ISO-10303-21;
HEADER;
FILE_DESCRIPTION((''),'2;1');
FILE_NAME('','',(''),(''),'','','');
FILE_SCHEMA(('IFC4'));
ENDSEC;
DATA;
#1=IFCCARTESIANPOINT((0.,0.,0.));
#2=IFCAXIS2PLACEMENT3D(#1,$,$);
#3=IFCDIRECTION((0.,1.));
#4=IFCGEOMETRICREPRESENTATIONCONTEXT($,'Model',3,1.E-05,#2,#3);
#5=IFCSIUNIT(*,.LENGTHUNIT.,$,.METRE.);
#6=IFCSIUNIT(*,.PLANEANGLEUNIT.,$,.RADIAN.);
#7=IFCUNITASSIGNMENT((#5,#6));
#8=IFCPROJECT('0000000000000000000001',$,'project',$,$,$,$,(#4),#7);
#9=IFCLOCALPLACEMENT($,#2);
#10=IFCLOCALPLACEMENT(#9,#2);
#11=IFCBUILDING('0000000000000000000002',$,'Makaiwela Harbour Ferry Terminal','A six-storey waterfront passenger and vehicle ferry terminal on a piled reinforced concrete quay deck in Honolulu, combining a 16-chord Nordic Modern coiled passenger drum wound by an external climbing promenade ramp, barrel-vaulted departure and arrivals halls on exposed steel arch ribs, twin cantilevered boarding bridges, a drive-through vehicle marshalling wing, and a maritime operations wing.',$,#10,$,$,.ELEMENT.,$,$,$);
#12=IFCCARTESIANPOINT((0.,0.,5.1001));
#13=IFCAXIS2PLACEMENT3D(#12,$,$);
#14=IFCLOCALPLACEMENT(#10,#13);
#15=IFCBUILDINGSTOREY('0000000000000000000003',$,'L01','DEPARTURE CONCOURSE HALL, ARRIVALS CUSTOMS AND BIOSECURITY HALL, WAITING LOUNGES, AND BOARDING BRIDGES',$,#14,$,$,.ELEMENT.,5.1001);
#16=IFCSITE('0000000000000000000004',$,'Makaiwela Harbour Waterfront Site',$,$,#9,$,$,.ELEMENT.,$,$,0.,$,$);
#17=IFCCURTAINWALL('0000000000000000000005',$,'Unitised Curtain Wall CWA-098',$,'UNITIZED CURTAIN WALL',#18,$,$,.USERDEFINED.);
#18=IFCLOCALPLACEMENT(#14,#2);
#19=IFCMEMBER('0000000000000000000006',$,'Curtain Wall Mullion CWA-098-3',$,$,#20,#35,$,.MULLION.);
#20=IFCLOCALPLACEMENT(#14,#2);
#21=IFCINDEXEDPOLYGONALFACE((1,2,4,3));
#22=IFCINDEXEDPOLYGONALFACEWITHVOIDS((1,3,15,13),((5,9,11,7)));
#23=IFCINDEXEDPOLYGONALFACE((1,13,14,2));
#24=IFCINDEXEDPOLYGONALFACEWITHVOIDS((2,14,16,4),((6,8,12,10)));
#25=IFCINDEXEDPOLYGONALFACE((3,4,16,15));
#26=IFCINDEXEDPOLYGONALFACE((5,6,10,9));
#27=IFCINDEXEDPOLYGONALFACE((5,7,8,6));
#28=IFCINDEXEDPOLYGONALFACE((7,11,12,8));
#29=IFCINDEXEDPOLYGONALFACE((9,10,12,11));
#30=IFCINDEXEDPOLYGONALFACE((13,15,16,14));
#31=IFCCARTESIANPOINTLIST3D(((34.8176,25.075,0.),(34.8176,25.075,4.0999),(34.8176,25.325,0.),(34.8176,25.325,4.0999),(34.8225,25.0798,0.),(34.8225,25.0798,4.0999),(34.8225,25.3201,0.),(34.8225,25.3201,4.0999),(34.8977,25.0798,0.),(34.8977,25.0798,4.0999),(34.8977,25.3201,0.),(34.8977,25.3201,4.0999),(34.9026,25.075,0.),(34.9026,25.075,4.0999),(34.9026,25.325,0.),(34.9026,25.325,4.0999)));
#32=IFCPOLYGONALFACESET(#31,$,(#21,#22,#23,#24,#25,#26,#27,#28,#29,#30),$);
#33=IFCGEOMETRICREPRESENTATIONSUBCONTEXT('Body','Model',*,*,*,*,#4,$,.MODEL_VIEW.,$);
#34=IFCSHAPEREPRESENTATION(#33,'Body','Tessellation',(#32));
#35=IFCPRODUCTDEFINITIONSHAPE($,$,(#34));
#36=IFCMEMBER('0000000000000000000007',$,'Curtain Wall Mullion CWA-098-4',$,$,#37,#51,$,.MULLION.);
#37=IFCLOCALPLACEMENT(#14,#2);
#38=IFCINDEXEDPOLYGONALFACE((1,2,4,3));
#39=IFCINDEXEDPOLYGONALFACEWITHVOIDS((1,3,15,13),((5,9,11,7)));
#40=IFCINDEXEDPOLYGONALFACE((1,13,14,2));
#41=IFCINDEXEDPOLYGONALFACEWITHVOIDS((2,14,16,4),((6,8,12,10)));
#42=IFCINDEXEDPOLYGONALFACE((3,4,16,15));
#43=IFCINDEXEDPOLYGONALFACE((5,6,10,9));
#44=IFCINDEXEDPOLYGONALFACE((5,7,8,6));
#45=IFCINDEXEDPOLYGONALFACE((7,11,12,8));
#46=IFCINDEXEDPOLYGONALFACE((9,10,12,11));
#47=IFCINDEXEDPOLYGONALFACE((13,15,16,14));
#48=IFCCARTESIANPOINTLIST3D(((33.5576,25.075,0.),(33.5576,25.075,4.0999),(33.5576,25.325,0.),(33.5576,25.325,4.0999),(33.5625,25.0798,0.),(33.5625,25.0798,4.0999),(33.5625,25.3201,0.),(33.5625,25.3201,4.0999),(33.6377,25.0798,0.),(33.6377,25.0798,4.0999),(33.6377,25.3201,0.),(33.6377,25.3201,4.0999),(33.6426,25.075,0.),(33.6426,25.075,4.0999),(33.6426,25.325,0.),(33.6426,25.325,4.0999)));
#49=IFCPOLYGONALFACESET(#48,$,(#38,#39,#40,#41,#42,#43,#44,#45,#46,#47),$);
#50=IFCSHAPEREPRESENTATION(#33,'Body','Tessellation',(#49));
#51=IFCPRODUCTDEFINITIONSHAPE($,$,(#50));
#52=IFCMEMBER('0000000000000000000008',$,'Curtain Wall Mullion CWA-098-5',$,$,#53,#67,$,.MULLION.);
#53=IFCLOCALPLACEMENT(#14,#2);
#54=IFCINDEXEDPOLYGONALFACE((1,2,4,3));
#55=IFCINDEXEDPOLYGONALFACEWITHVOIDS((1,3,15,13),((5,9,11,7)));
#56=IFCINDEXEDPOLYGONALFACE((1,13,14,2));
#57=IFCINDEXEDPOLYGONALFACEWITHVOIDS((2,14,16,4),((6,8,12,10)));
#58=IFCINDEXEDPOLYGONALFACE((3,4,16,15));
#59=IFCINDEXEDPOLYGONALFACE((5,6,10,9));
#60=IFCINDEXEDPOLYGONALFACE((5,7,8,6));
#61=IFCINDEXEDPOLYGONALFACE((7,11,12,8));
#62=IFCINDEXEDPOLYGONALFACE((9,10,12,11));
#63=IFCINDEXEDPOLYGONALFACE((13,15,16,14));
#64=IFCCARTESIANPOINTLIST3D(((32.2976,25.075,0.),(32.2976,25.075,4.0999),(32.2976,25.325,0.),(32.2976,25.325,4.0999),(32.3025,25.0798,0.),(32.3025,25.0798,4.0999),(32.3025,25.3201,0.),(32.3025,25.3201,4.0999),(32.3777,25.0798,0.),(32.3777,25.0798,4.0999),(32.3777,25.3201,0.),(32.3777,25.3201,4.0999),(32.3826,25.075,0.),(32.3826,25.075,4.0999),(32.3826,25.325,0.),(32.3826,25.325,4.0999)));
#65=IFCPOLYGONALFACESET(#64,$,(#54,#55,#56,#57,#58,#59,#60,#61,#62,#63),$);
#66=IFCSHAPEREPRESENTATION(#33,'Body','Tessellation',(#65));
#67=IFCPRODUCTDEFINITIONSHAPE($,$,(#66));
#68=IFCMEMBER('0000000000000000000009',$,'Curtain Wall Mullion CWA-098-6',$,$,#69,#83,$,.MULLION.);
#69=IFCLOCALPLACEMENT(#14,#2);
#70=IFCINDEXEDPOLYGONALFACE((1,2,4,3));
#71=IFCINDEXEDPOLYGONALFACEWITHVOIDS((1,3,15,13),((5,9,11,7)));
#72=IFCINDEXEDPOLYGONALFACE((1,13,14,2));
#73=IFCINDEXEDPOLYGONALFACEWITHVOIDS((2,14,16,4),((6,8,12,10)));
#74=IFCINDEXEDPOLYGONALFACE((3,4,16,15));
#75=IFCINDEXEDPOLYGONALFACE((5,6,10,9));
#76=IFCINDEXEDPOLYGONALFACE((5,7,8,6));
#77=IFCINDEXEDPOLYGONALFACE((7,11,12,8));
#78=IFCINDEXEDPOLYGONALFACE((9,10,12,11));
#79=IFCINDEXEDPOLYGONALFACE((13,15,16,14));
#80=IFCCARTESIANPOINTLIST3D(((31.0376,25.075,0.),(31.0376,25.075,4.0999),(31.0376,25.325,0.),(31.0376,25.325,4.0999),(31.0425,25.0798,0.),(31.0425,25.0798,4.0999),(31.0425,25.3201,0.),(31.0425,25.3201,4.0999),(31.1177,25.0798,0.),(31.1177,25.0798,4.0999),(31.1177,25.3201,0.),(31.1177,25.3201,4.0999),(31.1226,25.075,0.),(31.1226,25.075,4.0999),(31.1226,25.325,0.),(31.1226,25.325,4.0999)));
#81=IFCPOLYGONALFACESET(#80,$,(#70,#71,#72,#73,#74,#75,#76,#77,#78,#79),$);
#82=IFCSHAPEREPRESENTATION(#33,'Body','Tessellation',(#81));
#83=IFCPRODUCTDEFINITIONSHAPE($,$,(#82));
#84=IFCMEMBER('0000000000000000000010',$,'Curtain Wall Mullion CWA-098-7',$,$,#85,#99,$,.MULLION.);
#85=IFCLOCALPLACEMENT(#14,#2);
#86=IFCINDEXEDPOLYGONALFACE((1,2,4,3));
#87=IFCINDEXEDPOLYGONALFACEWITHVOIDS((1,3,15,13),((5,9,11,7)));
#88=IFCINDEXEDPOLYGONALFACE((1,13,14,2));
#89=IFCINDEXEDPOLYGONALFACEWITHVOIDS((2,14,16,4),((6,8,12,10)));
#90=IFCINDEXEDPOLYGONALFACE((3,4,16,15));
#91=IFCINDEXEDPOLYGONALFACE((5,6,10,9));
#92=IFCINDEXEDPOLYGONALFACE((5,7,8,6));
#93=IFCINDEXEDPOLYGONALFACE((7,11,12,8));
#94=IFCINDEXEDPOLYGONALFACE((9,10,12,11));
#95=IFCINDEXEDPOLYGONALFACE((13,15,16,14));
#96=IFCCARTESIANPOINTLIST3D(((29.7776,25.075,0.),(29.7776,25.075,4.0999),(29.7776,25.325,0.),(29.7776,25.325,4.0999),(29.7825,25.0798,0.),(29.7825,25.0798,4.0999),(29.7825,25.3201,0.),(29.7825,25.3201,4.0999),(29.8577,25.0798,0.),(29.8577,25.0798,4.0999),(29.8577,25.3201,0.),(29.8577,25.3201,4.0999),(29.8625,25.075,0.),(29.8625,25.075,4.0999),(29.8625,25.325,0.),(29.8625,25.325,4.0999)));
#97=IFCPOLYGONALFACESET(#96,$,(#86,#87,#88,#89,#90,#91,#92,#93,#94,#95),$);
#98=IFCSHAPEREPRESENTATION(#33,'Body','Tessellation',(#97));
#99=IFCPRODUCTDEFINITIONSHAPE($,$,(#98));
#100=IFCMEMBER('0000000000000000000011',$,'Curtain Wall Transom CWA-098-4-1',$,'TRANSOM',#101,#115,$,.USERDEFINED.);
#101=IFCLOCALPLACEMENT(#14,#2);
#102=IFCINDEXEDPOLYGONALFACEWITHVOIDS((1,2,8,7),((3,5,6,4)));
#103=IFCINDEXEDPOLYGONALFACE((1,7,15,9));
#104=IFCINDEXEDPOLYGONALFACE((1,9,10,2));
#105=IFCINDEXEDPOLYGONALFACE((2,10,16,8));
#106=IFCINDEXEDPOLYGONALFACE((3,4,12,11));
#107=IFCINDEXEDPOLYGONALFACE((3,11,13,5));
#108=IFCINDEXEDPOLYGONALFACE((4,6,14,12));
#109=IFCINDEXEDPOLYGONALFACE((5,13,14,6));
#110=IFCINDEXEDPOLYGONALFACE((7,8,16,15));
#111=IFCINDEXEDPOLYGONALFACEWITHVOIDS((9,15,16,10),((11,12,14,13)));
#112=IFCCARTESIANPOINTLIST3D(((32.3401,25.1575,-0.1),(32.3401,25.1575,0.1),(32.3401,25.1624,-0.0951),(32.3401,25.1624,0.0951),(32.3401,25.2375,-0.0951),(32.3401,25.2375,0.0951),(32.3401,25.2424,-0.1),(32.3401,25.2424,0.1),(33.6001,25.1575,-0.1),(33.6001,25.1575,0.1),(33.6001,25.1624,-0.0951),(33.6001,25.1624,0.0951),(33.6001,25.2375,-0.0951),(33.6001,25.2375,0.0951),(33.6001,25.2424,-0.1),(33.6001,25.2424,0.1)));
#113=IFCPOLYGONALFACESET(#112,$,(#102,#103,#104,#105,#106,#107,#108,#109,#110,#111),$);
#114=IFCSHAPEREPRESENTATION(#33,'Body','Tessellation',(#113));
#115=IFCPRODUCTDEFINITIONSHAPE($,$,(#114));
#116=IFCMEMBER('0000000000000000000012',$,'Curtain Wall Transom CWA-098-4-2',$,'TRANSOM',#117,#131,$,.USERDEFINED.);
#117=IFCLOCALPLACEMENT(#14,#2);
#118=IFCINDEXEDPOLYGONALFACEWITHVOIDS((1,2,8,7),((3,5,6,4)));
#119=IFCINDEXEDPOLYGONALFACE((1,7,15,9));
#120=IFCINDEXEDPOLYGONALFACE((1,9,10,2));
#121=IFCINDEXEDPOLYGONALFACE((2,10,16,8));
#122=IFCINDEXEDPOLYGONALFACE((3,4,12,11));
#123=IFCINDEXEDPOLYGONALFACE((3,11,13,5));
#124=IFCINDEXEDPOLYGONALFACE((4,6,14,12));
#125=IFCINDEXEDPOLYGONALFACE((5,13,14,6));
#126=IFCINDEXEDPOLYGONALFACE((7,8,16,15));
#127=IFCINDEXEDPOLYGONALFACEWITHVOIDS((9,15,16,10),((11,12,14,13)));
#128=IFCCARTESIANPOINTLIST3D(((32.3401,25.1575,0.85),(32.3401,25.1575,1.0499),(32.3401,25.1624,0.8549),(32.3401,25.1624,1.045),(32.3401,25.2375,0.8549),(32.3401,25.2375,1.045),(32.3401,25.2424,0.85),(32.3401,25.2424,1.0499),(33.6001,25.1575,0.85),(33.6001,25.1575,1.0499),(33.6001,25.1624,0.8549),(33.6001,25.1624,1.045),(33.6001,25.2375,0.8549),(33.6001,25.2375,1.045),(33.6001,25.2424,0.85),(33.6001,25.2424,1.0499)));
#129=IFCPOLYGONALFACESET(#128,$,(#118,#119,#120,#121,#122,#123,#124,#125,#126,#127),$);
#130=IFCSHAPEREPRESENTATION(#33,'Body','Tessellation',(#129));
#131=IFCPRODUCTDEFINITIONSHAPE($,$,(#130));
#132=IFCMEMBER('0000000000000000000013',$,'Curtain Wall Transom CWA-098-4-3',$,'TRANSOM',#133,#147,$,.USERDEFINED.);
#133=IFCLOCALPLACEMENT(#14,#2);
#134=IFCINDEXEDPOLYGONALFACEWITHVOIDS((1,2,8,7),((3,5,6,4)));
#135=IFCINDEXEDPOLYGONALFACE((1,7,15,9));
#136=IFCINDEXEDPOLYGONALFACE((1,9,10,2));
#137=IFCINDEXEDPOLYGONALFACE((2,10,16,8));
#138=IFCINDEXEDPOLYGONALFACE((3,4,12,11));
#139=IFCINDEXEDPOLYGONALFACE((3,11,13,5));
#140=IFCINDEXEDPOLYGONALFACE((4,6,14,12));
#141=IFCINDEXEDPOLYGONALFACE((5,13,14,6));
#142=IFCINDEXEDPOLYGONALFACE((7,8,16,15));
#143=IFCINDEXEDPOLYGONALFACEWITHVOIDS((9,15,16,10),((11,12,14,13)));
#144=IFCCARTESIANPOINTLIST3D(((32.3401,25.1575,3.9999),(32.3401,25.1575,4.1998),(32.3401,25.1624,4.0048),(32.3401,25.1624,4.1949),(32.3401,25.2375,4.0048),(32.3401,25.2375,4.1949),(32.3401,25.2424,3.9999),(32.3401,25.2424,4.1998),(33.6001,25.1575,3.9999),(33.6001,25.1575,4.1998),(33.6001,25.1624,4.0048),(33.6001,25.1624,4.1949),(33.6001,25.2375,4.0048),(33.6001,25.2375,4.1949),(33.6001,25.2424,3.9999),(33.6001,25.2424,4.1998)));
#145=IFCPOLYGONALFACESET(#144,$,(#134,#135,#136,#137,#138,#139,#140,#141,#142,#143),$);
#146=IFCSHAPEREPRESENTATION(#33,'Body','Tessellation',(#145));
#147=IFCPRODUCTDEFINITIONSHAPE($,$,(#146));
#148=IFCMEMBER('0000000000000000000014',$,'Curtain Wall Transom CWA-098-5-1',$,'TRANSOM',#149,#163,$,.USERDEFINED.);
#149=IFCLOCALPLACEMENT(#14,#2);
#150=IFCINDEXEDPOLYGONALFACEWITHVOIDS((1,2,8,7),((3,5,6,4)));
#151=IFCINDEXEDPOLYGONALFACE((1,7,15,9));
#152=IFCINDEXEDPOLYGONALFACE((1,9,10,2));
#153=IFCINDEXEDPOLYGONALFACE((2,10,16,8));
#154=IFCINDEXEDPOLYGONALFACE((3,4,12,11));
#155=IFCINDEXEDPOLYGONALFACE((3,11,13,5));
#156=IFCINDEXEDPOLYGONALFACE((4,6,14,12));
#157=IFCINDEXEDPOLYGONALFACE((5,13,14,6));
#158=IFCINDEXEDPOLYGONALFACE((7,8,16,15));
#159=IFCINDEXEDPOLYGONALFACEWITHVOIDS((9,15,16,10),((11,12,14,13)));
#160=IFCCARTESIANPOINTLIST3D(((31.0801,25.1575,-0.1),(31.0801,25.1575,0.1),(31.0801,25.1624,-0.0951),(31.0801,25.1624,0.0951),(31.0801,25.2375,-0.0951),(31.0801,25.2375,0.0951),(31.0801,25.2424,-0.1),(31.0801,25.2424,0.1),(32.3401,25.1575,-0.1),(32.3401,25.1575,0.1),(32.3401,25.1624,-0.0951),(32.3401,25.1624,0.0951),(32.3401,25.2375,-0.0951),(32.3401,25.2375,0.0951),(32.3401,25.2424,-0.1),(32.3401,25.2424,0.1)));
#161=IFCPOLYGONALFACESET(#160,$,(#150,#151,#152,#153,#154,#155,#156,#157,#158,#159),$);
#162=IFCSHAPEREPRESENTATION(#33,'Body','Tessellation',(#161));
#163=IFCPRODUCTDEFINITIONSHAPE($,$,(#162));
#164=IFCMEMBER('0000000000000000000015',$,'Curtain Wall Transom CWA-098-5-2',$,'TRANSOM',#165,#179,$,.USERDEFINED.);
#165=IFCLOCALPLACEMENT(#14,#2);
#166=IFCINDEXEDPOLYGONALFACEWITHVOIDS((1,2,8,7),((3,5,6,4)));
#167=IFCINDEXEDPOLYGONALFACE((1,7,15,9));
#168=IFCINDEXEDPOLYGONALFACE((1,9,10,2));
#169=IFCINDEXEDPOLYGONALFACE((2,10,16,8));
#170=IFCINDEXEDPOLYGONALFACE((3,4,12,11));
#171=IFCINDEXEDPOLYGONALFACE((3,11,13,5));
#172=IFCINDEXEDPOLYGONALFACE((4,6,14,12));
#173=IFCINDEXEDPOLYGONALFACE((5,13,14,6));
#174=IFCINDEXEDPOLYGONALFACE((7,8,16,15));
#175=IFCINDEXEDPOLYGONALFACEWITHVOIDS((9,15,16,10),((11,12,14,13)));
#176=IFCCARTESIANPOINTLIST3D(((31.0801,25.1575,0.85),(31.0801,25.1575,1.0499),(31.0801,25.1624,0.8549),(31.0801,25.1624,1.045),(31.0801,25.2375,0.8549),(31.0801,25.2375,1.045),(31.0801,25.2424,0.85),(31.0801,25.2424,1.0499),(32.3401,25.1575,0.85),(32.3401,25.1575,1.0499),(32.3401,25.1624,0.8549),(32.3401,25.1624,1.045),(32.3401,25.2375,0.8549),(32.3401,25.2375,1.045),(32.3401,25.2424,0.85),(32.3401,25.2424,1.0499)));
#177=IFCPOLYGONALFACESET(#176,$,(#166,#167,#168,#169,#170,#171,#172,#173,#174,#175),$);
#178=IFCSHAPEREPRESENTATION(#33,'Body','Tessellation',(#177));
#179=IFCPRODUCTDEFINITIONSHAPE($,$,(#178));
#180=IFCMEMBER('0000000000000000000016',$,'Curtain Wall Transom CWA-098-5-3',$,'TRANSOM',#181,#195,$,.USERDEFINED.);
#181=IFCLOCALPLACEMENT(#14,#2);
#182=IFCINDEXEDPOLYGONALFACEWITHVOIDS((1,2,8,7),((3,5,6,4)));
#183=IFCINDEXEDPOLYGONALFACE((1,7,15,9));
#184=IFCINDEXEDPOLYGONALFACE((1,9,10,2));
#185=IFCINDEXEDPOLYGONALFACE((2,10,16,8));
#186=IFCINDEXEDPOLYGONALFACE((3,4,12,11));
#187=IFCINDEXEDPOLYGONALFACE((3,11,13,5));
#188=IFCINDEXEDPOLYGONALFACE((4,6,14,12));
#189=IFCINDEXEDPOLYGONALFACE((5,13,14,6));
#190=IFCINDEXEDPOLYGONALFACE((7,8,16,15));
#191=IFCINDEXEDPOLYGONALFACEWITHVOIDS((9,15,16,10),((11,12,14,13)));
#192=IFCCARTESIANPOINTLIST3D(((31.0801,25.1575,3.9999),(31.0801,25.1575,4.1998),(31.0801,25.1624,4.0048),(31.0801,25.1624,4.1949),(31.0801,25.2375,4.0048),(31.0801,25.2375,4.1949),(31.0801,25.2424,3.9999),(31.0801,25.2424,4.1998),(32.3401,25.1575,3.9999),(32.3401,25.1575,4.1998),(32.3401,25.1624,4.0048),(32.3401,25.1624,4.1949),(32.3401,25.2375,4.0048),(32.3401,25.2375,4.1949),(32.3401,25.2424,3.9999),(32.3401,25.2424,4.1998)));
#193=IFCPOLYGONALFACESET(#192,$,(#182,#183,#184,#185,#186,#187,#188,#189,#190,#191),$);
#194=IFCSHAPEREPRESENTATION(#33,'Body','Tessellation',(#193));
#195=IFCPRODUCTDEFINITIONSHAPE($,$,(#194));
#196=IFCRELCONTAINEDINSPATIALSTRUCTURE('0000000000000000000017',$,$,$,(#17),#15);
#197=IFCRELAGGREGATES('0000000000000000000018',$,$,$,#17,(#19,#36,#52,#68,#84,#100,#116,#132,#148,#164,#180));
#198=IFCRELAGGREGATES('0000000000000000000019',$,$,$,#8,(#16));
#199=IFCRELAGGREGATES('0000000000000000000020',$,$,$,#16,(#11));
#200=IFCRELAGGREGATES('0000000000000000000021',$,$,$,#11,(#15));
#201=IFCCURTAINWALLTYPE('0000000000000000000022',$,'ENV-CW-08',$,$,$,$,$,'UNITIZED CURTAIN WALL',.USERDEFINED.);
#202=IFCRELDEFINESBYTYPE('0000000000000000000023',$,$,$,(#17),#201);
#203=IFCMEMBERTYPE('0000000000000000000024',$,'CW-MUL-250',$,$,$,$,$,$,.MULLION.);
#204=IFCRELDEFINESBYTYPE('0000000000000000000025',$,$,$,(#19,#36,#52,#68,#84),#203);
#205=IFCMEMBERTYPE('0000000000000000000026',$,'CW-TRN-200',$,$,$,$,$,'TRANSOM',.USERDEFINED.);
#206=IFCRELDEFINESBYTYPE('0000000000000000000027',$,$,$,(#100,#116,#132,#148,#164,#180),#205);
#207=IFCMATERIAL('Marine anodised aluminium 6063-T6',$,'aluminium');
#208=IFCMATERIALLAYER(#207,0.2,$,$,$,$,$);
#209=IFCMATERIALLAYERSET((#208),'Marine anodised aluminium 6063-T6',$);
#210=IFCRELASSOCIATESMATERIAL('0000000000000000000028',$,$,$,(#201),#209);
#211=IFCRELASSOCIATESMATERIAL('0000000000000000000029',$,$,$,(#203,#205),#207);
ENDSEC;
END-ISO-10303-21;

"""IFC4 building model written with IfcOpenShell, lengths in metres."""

from ifc_helpers import new_model, si_unit, direction, frame, origin, origin_2d, place, context, subcontext, project, spatial, hollow_rectangle, extrude, material, layer, layer_set, material_profile, profile_set, type_object, element, aggregate, save


model = new_model("IFC4")

# Units and contexts
model_context = context("Model", 3, precision=1e-05, world=origin(), true_north=direction((0.0, 1.0)))
body_context = subcontext(model_context, "Body", "Model", "MODEL_VIEW")
ifc_project = project(units=[si_unit("LENGTHUNIT", "METRE"), si_unit("PLANEANGLEUNIT", "RADIAN")], contexts=[model_context])

# Site, building, storey
site_placement = place(None, origin())
site = spatial("IfcSite", under=ifc_project, at=site_placement, Name="Makaiwela Harbour Waterfront Site", CompositionType="ELEMENT", RefElevation=0.0)
building_placement = place(site_placement, origin())
building = spatial("IfcBuilding", under=site, at=building_placement, Name="Makaiwela Harbour Ferry Terminal", Description="A six-storey waterfront passenger and vehicle ferry terminal on a piled reinforced concrete quay deck in Honolulu, combining a 16-chord Nordic Modern coiled passenger drum wound by an external climbing promenade ramp, barrel-vaulted departure and arrivals halls on exposed steel arch ribs, twin cantilevered boarding bridges, a drive-through vehicle marshalling wing, and a maritime operations wing.", CompositionType="ELEMENT")
storey_placement = place(building_placement, frame((0.0, 0.0, 5.1001)))
storey = spatial("IfcBuildingStorey", under=building, at=storey_placement, Name="L01", Description="DEPARTURE CONCOURSE HALL, ARRIVALS CUSTOMS AND BIOSECURITY HALL, WAITING LOUNGES, AND BOARDING BRIDGES", CompositionType="ELEMENT", Elevation=5.1001)

# Curtain wall, members
ifc_material_1 = material(Name="Marine anodised aluminium 6063-T6", Category="aluminium")
ifc_layer_1 = layer(ifc_material_1, 0.2)
ifc_layer_set_1 = layer_set([ifc_layer_1], Name="Marine anodised aluminium 6063-T6")
curtain_wall_type = type_object("IfcCurtainWallType", Name="ENV-CW-08", ElementType="UNITIZED CURTAIN WALL", PredefinedType="USERDEFINED", material=ifc_layer_set_1)
curtain_wall_placement = place(storey_placement, origin())
curtain_wall = element("IfcCurtainWall", 1, at=curtain_wall_placement, inside=storey, type_object=curtain_wall_type, Name="Unitised Curtain Wall CWA-098", ObjectType="UNITIZED CURTAIN WALL", PredefinedType="USERDEFINED")
ifc_material_profile_1 = material_profile(ifc_material_1, hollow_rectangle(XDim=0.085, YDim=0.25, WallThickness=0.0049, at=origin_2d()), Name="CWM-250X85")
ifc_profile_set_1 = profile_set([ifc_material_profile_1], Name="Marine anodised aluminium 6063-T6")
member_type_1 = type_object("IfcMemberType", Name="CW-MUL-250", PredefinedType="MULLION", material=ifc_profile_set_1)
member_1_placement = place(storey_placement, frame((34.8601, 25.2, 0.0), z_axis=(0.0, 0.0, 1.0), x_axis=(1.0, 0.0, 0.0)))
member_1 = element("IfcMember", 2, at=member_1_placement, type_object=member_type_1, Name="Curtain Wall Mullion CWA-098-3", PredefinedType="MULLION", context=body_context, shape_type="SweptSolid", body=[
    extrude(hollow_rectangle(XDim=0.085, YDim=0.25, WallThickness=0.0049, at=origin_2d()), origin(), (0.0, 0.0, 1.0), 4.0999),
])
member_2_placement = place(storey_placement, frame((33.6001, 25.2, 0.0), z_axis=(0.0, 0.0, 1.0), x_axis=(1.0, 0.0, 0.0)))
member_2 = element("IfcMember", 3, at=member_2_placement, type_object=member_type_1, Name="Curtain Wall Mullion CWA-098-4", PredefinedType="MULLION", context=body_context, shape_type="SweptSolid", body=[
    extrude(hollow_rectangle(XDim=0.085, YDim=0.25, WallThickness=0.0049, at=origin_2d()), origin(), (0.0, 0.0, 1.0), 4.0999),
])
member_3_placement = place(storey_placement, frame((32.3401, 25.2, 0.0), z_axis=(0.0, 0.0, 1.0), x_axis=(1.0, 0.0, 0.0)))
member_3 = element("IfcMember", 4, at=member_3_placement, type_object=member_type_1, Name="Curtain Wall Mullion CWA-098-5", PredefinedType="MULLION", context=body_context, shape_type="SweptSolid", body=[
    extrude(hollow_rectangle(XDim=0.085, YDim=0.25, WallThickness=0.0049, at=origin_2d()), origin(), (0.0, 0.0, 1.0), 4.0999),
])
member_4_placement = place(storey_placement, frame((31.0801, 25.2, 0.0), z_axis=(0.0, 0.0, 1.0), x_axis=(1.0, 0.0, 0.0)))
member_4 = element("IfcMember", 5, at=member_4_placement, type_object=member_type_1, Name="Curtain Wall Mullion CWA-098-6", PredefinedType="MULLION", context=body_context, shape_type="SweptSolid", body=[
    extrude(hollow_rectangle(XDim=0.085, YDim=0.25, WallThickness=0.0049, at=origin_2d()), origin(), (0.0, 0.0, 1.0), 4.0999),
])
member_5_placement = place(storey_placement, frame((29.8201, 25.2, 0.0), z_axis=(0.0, 0.0, 1.0), x_axis=(1.0, 0.0, 0.0)))
member_5 = element("IfcMember", 6, at=member_5_placement, type_object=member_type_1, Name="Curtain Wall Mullion CWA-098-7", PredefinedType="MULLION", context=body_context, shape_type="SweptSolid", body=[
    extrude(hollow_rectangle(XDim=0.085, YDim=0.25, WallThickness=0.0049, at=origin_2d()), origin(), (0.0, 0.0, 1.0), 4.0999),
])
ifc_material_profile_2 = material_profile(ifc_material_1, hollow_rectangle(XDim=0.085, YDim=0.2, WallThickness=0.0049, at=origin_2d()), Name="CWT-200X85")
ifc_profile_set_2 = profile_set([ifc_material_profile_2], Name="Marine anodised aluminium 6063-T6")
member_type_2 = type_object("IfcMemberType", Name="CW-TRN-200", ElementType="TRANSOM", PredefinedType="USERDEFINED", material=ifc_profile_set_2)
member_6_placement = place(storey_placement, frame((33.6001, 25.2, 0.0), z_axis=(-1.0, 0.0, 0.0), x_axis=(0.0, -1.0, 0.0)))
member_6 = element("IfcMember", 7, at=member_6_placement, type_object=member_type_2, Name="Curtain Wall Transom CWA-098-4-1", ObjectType="TRANSOM", PredefinedType="USERDEFINED", context=body_context, shape_type="SweptSolid", body=[
    extrude(hollow_rectangle(XDim=0.085, YDim=0.2, WallThickness=0.0049, at=origin_2d()), origin(), (0.0, 0.0, 1.0), 1.26),
])
member_7_placement = place(storey_placement, frame((33.6001, 25.2, 0.95), z_axis=(-1.0, 0.0, 0.0), x_axis=(0.0, -1.0, 0.0)))
member_7 = element("IfcMember", 8, at=member_7_placement, type_object=member_type_2, Name="Curtain Wall Transom CWA-098-4-2", ObjectType="TRANSOM", PredefinedType="USERDEFINED", context=body_context, shape_type="SweptSolid", body=[
    extrude(hollow_rectangle(XDim=0.085, YDim=0.2, WallThickness=0.0049, at=origin_2d()), origin(), (0.0, 0.0, 1.0), 1.26),
])
member_8_placement = place(storey_placement, frame((33.6001, 25.2, 4.0999), z_axis=(-1.0, 0.0, 0.0), x_axis=(0.0, -1.0, 0.0)))
member_8 = element("IfcMember", 9, at=member_8_placement, type_object=member_type_2, Name="Curtain Wall Transom CWA-098-4-3", ObjectType="TRANSOM", PredefinedType="USERDEFINED", context=body_context, shape_type="SweptSolid", body=[
    extrude(hollow_rectangle(XDim=0.085, YDim=0.2, WallThickness=0.0049, at=origin_2d()), origin(), (0.0, 0.0, 1.0), 1.26),
])
member_9_placement = place(storey_placement, frame((32.3401, 25.2, 0.0), z_axis=(-1.0, 0.0, 0.0), x_axis=(0.0, -1.0, 0.0)))
member_9 = element("IfcMember", 10, at=member_9_placement, type_object=member_type_2, Name="Curtain Wall Transom CWA-098-5-1", ObjectType="TRANSOM", PredefinedType="USERDEFINED", context=body_context, shape_type="SweptSolid", body=[
    extrude(hollow_rectangle(XDim=0.085, YDim=0.2, WallThickness=0.0049, at=origin_2d()), origin(), (0.0, 0.0, 1.0), 1.26),
])
member_10_placement = place(storey_placement, frame((32.3401, 25.2, 0.95), z_axis=(-1.0, 0.0, 0.0), x_axis=(0.0, -1.0, 0.0)))
member_10 = element("IfcMember", 11, at=member_10_placement, type_object=member_type_2, Name="Curtain Wall Transom CWA-098-5-2", ObjectType="TRANSOM", PredefinedType="USERDEFINED", context=body_context, shape_type="SweptSolid", body=[
    extrude(hollow_rectangle(XDim=0.085, YDim=0.2, WallThickness=0.0049, at=origin_2d()), origin(), (0.0, 0.0, 1.0), 1.26),
])
member_11_placement = place(storey_placement, frame((32.3401, 25.2, 4.0999), z_axis=(-1.0, 0.0, 0.0), x_axis=(0.0, -1.0, 0.0)))
member_11 = element("IfcMember", 12, at=member_11_placement, type_object=member_type_2, Name="Curtain Wall Transom CWA-098-5-3", ObjectType="TRANSOM", PredefinedType="USERDEFINED", context=body_context, shape_type="SweptSolid", body=[
    extrude(hollow_rectangle(XDim=0.085, YDim=0.2, WallThickness=0.0049, at=origin_2d()), origin(), (0.0, 0.0, 1.0), 1.26),
])
aggregate(curtain_wall, [member_1, member_2, member_3, member_4, member_5, member_6, member_7, member_8, member_9, member_10, member_11])

save(model, "model.ifc")
